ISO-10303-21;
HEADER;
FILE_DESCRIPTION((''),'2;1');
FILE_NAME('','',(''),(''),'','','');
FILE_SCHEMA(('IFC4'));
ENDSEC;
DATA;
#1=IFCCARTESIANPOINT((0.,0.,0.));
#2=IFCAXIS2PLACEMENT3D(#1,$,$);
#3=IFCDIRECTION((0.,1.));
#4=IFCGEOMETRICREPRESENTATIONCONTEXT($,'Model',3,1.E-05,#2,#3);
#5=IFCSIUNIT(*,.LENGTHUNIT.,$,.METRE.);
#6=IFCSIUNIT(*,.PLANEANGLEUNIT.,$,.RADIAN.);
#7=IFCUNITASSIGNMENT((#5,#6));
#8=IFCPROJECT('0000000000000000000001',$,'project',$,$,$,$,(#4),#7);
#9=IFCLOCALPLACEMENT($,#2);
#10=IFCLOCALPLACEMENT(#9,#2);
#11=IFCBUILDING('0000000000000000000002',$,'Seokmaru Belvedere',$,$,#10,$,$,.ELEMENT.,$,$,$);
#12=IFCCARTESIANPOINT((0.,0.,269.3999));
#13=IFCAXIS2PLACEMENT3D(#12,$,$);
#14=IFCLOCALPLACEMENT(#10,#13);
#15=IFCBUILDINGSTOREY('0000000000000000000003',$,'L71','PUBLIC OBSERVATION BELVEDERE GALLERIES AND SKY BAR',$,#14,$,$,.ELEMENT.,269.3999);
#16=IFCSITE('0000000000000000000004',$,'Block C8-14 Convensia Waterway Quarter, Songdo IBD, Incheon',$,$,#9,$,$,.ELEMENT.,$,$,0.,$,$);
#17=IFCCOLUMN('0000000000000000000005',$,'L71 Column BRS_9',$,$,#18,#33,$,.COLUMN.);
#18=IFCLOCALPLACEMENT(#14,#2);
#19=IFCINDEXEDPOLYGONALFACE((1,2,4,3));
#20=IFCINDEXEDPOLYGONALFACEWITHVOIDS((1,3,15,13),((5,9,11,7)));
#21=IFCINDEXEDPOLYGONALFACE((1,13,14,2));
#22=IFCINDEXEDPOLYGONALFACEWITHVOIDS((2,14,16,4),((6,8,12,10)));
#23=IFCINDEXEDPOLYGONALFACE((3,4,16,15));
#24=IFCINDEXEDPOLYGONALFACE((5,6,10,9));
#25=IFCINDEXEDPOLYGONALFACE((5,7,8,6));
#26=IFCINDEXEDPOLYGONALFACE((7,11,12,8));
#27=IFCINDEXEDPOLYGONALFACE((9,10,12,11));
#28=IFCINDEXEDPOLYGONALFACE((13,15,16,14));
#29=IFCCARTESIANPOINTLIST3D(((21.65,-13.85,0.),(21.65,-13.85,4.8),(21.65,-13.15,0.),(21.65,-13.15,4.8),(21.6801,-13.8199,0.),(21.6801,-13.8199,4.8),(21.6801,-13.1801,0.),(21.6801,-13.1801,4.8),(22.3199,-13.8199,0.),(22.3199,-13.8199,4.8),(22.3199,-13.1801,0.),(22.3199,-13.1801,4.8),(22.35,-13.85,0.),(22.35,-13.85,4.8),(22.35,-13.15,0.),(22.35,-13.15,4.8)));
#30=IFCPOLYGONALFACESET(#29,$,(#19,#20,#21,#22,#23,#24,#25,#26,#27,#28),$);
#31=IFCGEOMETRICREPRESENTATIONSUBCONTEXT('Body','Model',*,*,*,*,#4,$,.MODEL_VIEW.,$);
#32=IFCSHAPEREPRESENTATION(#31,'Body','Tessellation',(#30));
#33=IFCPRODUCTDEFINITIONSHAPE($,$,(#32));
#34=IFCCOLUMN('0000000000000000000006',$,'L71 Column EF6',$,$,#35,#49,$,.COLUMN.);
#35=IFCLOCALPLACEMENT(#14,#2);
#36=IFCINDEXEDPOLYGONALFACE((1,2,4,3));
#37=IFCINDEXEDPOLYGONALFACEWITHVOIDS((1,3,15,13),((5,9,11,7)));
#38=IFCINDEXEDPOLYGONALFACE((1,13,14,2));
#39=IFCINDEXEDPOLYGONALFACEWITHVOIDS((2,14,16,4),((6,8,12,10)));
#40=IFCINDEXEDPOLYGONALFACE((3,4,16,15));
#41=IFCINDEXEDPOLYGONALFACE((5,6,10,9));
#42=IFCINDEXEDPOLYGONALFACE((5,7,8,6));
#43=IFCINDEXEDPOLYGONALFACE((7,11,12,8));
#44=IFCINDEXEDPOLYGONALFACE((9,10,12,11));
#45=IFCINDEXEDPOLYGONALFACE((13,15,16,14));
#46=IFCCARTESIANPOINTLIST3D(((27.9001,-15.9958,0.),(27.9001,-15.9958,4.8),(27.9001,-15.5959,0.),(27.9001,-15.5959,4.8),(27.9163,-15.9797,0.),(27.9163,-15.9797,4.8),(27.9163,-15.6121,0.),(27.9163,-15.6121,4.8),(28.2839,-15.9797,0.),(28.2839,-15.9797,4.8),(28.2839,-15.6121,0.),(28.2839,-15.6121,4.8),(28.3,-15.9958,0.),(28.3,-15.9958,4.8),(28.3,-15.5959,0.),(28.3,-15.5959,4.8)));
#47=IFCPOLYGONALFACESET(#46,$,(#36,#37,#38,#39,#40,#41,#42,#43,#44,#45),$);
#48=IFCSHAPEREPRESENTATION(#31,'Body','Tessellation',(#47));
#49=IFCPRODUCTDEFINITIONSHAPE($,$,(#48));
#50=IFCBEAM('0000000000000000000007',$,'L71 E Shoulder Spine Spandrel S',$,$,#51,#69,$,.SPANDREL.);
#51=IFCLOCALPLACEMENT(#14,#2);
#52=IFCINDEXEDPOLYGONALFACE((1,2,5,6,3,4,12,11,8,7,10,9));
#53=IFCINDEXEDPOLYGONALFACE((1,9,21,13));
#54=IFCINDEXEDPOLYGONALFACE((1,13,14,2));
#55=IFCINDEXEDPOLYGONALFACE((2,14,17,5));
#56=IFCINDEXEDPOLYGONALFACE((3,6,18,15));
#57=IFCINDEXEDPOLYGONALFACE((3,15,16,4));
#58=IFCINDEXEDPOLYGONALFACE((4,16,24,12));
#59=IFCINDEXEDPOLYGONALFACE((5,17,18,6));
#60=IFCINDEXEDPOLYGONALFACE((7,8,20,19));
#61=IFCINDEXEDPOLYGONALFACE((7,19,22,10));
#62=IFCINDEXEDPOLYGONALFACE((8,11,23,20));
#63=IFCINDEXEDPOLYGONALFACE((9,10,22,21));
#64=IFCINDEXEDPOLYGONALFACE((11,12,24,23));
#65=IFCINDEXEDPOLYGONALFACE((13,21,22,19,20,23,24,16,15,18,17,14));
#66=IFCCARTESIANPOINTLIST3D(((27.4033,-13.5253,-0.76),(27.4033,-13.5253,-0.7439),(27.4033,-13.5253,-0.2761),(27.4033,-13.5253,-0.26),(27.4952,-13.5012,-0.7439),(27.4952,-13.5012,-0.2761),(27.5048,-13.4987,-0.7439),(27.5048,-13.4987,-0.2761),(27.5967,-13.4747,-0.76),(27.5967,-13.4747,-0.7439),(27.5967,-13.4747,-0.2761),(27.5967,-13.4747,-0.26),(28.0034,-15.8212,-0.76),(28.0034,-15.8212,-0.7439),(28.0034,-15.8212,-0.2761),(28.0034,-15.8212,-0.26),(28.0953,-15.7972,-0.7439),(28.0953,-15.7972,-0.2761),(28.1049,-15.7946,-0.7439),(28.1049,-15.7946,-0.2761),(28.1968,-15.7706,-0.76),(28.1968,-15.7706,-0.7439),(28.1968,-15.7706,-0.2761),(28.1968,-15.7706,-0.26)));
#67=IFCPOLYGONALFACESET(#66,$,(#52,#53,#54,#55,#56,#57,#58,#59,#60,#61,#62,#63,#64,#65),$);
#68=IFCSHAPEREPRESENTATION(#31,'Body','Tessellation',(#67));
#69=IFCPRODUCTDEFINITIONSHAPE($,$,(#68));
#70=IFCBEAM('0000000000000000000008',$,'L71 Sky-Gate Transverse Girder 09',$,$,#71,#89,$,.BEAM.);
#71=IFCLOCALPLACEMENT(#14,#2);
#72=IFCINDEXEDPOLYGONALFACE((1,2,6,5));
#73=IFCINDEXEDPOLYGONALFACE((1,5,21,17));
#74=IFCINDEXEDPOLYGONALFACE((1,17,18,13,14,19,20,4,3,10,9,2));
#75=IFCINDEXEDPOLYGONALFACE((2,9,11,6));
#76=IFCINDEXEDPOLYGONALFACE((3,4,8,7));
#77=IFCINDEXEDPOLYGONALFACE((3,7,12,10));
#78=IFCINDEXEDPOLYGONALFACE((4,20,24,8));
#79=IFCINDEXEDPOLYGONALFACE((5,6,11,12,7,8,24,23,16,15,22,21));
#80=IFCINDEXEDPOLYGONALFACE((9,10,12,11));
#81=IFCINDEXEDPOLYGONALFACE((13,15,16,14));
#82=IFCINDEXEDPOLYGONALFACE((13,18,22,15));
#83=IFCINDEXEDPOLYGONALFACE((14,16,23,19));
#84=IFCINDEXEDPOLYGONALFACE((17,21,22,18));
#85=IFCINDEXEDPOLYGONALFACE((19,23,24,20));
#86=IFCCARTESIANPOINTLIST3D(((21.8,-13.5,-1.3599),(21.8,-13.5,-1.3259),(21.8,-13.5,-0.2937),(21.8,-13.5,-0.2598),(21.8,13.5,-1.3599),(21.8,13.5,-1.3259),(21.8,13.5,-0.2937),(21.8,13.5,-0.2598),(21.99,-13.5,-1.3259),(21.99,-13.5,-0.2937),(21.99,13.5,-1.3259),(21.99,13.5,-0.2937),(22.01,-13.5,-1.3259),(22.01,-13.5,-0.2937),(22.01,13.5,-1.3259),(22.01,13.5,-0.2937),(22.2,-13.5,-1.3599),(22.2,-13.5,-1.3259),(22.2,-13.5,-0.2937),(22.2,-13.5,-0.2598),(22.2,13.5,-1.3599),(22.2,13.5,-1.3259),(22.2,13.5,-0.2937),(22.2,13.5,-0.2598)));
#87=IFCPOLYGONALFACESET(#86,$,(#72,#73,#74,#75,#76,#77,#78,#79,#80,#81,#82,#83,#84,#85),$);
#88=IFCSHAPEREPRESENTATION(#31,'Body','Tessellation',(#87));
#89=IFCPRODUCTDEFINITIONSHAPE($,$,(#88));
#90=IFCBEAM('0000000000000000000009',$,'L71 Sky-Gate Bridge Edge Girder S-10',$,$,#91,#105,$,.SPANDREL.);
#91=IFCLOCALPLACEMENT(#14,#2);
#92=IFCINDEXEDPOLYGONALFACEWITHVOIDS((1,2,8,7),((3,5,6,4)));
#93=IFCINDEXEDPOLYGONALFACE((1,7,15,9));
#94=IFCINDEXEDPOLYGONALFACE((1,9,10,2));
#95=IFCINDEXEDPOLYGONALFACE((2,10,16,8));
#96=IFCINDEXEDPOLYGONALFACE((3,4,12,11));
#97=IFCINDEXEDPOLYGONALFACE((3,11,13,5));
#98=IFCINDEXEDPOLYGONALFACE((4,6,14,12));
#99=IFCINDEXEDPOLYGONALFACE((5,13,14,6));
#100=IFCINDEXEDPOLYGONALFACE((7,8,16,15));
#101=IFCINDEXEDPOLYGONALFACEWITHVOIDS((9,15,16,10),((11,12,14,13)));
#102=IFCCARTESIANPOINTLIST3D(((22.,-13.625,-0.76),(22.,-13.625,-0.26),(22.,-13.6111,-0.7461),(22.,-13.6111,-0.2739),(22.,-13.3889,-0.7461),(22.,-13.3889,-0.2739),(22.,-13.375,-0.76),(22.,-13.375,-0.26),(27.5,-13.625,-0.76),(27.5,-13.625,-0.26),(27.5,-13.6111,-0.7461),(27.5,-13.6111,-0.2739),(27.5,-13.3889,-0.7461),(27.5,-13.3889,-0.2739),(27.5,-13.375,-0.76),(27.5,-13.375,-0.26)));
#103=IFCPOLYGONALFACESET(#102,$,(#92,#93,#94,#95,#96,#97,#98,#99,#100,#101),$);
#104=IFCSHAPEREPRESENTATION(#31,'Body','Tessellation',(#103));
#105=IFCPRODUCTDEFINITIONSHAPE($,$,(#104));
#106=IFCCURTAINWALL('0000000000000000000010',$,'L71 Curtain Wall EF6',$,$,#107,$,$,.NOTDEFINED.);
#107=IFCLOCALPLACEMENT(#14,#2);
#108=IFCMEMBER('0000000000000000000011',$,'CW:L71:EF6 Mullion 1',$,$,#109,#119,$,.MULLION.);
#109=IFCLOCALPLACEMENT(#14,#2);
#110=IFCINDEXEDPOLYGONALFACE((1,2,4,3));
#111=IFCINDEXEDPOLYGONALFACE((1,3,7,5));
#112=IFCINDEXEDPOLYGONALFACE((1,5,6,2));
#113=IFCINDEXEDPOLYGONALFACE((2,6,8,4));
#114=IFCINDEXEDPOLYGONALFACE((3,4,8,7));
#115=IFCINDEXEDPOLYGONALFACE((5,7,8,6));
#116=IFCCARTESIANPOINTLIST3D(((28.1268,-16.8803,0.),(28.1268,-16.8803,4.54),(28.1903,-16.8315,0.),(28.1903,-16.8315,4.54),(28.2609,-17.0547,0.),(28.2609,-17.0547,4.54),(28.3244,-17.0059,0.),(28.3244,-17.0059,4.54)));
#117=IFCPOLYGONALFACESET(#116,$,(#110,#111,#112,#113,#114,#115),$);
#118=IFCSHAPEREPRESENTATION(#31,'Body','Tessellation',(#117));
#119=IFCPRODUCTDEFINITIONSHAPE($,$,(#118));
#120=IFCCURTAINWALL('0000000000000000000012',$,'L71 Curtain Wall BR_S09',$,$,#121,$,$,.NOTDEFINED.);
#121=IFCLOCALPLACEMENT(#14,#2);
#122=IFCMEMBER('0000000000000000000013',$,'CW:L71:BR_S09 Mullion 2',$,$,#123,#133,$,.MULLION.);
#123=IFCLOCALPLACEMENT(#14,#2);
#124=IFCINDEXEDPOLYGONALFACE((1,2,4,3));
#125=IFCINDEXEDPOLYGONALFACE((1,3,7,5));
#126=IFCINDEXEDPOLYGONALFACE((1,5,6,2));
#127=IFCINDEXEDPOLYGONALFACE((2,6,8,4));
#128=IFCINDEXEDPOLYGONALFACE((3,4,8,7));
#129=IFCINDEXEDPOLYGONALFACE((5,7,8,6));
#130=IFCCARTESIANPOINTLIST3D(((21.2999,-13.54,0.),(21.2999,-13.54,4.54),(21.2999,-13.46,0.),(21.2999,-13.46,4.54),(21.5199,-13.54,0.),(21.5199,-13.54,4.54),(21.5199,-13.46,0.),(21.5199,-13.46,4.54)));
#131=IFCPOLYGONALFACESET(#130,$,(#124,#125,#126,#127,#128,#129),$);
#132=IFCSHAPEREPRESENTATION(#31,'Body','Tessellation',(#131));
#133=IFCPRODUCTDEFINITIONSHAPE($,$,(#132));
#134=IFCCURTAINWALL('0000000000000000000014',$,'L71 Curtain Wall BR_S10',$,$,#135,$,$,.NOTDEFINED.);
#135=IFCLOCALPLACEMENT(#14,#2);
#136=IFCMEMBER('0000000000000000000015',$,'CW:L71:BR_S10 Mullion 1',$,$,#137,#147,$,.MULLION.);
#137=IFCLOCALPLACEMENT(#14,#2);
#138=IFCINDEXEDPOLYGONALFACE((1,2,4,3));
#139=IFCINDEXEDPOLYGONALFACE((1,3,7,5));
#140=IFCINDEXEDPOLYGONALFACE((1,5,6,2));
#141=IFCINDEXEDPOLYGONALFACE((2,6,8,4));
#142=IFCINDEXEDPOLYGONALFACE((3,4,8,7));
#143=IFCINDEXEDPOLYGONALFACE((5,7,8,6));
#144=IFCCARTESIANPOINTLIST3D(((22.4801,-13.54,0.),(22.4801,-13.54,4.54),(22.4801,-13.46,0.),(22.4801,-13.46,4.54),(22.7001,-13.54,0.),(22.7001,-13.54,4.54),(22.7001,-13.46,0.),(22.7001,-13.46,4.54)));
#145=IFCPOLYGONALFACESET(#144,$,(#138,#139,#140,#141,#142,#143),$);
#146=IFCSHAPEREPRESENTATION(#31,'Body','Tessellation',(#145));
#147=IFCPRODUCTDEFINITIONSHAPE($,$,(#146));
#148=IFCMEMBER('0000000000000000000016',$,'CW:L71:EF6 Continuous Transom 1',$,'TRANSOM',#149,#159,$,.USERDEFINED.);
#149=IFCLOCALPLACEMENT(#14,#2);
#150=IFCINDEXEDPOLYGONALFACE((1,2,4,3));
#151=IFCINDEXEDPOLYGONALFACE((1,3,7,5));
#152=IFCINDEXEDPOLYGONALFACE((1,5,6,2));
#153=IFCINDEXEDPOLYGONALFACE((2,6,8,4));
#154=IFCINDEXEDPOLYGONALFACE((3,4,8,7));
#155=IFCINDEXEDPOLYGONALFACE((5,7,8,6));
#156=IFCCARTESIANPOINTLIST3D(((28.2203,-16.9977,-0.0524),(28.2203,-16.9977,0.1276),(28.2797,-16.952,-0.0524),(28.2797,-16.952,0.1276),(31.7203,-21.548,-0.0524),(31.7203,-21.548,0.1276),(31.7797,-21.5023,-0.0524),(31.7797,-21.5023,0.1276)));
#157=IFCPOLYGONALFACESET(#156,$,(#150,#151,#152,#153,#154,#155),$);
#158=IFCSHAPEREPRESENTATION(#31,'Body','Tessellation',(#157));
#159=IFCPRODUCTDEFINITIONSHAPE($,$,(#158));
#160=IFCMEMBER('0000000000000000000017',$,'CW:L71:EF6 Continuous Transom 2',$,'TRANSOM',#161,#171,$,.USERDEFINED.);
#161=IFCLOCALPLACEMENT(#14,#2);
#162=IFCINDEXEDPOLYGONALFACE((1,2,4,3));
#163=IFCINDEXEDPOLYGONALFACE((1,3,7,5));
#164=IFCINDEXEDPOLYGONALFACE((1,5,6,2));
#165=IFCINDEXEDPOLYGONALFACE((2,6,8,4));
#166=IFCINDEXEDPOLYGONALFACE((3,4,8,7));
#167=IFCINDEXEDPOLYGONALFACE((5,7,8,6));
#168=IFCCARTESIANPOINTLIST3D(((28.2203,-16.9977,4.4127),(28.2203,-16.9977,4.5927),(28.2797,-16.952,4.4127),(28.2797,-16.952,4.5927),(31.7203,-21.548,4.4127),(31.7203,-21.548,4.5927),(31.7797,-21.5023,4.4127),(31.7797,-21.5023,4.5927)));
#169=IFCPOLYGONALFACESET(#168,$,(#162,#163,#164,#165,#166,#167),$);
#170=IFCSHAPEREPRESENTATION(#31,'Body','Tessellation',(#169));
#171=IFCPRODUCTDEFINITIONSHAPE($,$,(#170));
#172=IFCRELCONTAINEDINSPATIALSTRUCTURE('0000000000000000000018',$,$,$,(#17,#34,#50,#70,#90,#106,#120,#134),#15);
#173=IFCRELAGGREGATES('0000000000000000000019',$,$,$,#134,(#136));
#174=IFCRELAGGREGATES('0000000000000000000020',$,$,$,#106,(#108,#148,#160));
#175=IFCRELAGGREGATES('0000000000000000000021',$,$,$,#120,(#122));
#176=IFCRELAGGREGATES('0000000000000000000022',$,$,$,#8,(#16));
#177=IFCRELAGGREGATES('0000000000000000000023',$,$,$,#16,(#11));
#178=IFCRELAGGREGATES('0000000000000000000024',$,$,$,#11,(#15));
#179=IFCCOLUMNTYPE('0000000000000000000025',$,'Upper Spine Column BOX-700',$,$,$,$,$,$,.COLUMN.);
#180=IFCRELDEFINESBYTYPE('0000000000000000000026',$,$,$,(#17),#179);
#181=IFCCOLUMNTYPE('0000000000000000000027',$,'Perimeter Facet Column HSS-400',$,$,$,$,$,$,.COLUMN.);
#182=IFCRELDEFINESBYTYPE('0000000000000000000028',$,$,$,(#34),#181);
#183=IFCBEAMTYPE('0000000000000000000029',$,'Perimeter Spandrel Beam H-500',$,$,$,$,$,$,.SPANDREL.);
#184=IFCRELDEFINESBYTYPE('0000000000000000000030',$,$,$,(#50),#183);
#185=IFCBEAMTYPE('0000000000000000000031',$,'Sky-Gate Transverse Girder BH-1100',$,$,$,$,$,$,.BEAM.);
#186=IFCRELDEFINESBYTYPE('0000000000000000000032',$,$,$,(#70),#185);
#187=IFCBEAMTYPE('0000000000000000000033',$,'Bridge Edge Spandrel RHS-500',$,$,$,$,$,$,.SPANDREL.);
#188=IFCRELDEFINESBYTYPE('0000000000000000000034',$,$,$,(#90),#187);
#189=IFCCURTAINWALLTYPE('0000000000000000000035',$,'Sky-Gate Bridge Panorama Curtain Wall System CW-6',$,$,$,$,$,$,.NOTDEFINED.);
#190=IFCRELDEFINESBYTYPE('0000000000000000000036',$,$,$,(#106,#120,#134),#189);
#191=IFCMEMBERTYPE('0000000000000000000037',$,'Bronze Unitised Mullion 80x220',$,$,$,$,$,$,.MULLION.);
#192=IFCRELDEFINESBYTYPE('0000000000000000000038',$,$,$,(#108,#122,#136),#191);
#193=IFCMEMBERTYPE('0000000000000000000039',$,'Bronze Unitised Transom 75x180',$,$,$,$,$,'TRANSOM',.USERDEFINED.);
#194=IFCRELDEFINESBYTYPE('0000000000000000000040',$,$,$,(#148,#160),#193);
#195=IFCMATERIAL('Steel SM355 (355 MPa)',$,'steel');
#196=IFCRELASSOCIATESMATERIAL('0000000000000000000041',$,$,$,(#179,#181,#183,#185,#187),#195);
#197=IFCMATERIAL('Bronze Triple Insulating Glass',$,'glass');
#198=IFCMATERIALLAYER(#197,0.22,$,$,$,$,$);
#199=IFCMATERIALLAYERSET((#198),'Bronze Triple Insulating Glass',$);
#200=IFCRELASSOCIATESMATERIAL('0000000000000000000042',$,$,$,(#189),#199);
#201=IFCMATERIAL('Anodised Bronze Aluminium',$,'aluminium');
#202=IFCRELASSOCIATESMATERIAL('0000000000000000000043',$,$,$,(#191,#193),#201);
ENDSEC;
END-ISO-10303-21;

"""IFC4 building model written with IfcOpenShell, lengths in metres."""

from ifc_helpers import new_model, si_unit, direction, frame, origin, origin_2d, place, context, subcontext, project, spatial, rectangle, hollow_rectangle, i_section, extrude, source, transform, mapped, material, layer, layer_set, material_profile, profile_set, type_object, type_shapes, element, aggregate, save


model = new_model("IFC4")

# Units and contexts
model_context = context("Model", 3, precision=1e-05, world=origin(), true_north=direction((0.0, 1.0)))
body_context = subcontext(model_context, "Body", "Model", "MODEL_VIEW")
ifc_project = project(units=[si_unit("LENGTHUNIT", "METRE"), si_unit("PLANEANGLEUNIT", "RADIAN")], contexts=[model_context])

# Site, building, storey
site_placement = place(None, origin())
site = spatial("IfcSite", under=ifc_project, at=site_placement, Name="Block C8-14 Convensia Waterway Quarter, Songdo IBD, Incheon", CompositionType="ELEMENT", RefElevation=0.0)
building_placement = place(site_placement, origin())
building = spatial("IfcBuilding", under=site, at=building_placement, Name="Seokmaru Belvedere", CompositionType="ELEMENT")
storey_placement = place(building_placement, frame((0.0, 0.0, 269.3999)))
storey = spatial("IfcBuildingStorey", under=building, at=storey_placement, Name="L71", Description="PUBLIC OBSERVATION BELVEDERE GALLERIES AND SKY BAR", CompositionType="ELEMENT", Elevation=269.3999)

# Columns
ifc_material_1 = material(Name="Steel SM355 (355 MPa)", Category="steel")
ifc_material_profile_1 = material_profile(ifc_material_1, hollow_rectangle(XDim=0.7, YDim=0.7, WallThickness=0.03, at=origin_2d()), Name="BOX-700x700x30")
ifc_profile_set_1 = profile_set([ifc_material_profile_1], Name="Steel SM355 (355 MPa)")
column_type_1 = type_object("IfcColumnType", Name="Upper Spine Column BOX-700", PredefinedType="COLUMN", material=ifc_profile_set_1)
shared_shape_1 = source(origin(), body_context, "Body", "SweptSolid", [
    extrude(hollow_rectangle(XDim=0.7, YDim=0.7, WallThickness=0.03, at=origin_2d()), origin(), (0.0, 0.0, 1.0), 4.8),
])
type_shapes(column_type_1, [shared_shape_1])
column_1_placement = place(storey_placement, frame((22.0, -13.5, 0.0), z_axis=(0.0, 0.0, 1.0), x_axis=(1.0, 0.0, 0.0)))
element("IfcColumn", 1, at=column_1_placement, inside=storey, type_object=column_type_1, Name="L71 Column BRS_9", PredefinedType="COLUMN", context=body_context, shape_type="MappedRepresentation", body=[
    mapped(shared_shape_1, transform((0.0, 0.0, 0.0), scale=1.0)),
])
ifc_material_profile_2 = material_profile(ifc_material_1, hollow_rectangle(XDim=0.3999, YDim=0.3999, WallThickness=0.0161, at=origin_2d()), Name="HSS-400x400x16")
ifc_profile_set_2 = profile_set([ifc_material_profile_2], Name="Steel SM355 (355 MPa)")
column_type_2 = type_object("IfcColumnType", Name="Perimeter Facet Column HSS-400", PredefinedType="COLUMN", material=ifc_profile_set_2)
shared_shape_2 = source(origin(), body_context, "Body", "SweptSolid", [
    extrude(hollow_rectangle(XDim=0.3999, YDim=0.3999, WallThickness=0.0161, at=origin_2d()), origin(), (0.0, 0.0, 1.0), 4.8),
])
type_shapes(column_type_2, [shared_shape_2])
column_2_placement = place(storey_placement, frame((28.1001, -15.7959, 0.0), z_axis=(0.0, 0.0, 1.0), x_axis=(1.0, 0.0, 0.0)))
element("IfcColumn", 2, at=column_2_placement, inside=storey, type_object=column_type_2, Name="L71 Column EF6", PredefinedType="COLUMN", context=body_context, shape_type="MappedRepresentation", body=[
    mapped(shared_shape_2, transform((0.0, 0.0, 0.0), scale=1.0)),
])

# Beams
ifc_material_profile_3 = material_profile(ifc_material_1, i_section(OverallWidth=0.2, OverallDepth=0.5, WebThickness=0.01, FlangeThickness=0.0161, at=origin_2d()), Name="H-500x200x10x16")
ifc_profile_set_3 = profile_set([ifc_material_profile_3], Name="Steel SM355 (355 MPa)")
beam_type_1 = type_object("IfcBeamType", Name="Perimeter Spandrel Beam H-500", PredefinedType="SPANDREL", material=ifc_profile_set_3)
shared_shape_3 = source(origin(), body_context, "Body", "SweptSolid", [
    extrude(i_section(OverallWidth=0.2, OverallDepth=0.5, WebThickness=0.01, FlangeThickness=0.0161, at=origin_2d()), origin(), (0.0, 0.0, 1.0), 2.373),
])
type_shapes(beam_type_1, [shared_shape_3])
beam_1_placement = place(storey_placement, frame((28.1001, -15.7959, -0.51), z_axis=(-0.252883, 0.967497, 0.0), x_axis=(-0.967497, -0.252883, 0.0)))
element("IfcBeam", 3, at=beam_1_placement, inside=storey, type_object=beam_type_1, Name="L71 E Shoulder Spine Spandrel S", PredefinedType="SPANDREL", context=body_context, shape_type="MappedRepresentation", body=[
    mapped(shared_shape_3, transform((0.0, 0.0, 0.0), scale=1.0)),
])
ifc_material_profile_4 = material_profile(ifc_material_1, i_section(OverallWidth=0.3999, OverallDepth=1.1001, WebThickness=0.02, FlangeThickness=0.0339, at=origin_2d()), Name="BH-1100x400x20x34")
ifc_profile_set_4 = profile_set([ifc_material_profile_4], Name="Steel SM355 (355 MPa)")
beam_type_2 = type_object("IfcBeamType", Name="Sky-Gate Transverse Girder BH-1100", PredefinedType="BEAM", material=ifc_profile_set_4)
shared_shape_4 = source(origin(), body_context, "Body", "SweptSolid", [
    extrude(i_section(OverallWidth=0.3999, OverallDepth=1.1001, WebThickness=0.02, FlangeThickness=0.0339, at=origin_2d()), origin(), (0.0, 0.0, 1.0), 27.0),
])
type_shapes(beam_type_2, [shared_shape_4])
beam_2_placement = place(storey_placement, frame((22.0, -13.5, -0.8098), z_axis=(0.0, 1.0, 0.0), x_axis=(-1.0, 0.0, 0.0)))
element("IfcBeam", 4, at=beam_2_placement, inside=storey, type_object=beam_type_2, Name="L71 Sky-Gate Transverse Girder 09", PredefinedType="BEAM", context=body_context, shape_type="MappedRepresentation", body=[
    mapped(shared_shape_4, transform((0.0, 0.0, 0.0), scale=1.0)),
])
ifc_material_profile_5 = material_profile(ifc_material_1, hollow_rectangle(XDim=0.25, YDim=0.5, WallThickness=0.0139, at=origin_2d()), Name="RHS-500x250x14")
ifc_profile_set_5 = profile_set([ifc_material_profile_5], Name="Steel SM355 (355 MPa)")
beam_type_3 = type_object("IfcBeamType", Name="Bridge Edge Spandrel RHS-500", PredefinedType="SPANDREL", material=ifc_profile_set_5)
shared_shape_5 = source(origin(), body_context, "Body", "SweptSolid", [
    extrude(hollow_rectangle(XDim=0.25, YDim=0.5, WallThickness=0.0139, at=origin_2d()), origin(), (0.0, 0.0, 1.0), 5.5),
])
type_shapes(beam_type_3, [shared_shape_5])
beam_3_placement = place(storey_placement, frame((22.0, -13.5, -0.51), z_axis=(1.0, 0.0, 0.0), x_axis=(0.0, 1.0, 0.0)))
element("IfcBeam", 5, at=beam_3_placement, inside=storey, type_object=beam_type_3, Name="L71 Sky-Gate Bridge Edge Girder S-10", PredefinedType="SPANDREL", context=body_context, shape_type="MappedRepresentation", body=[
    mapped(shared_shape_5, transform((0.0, 0.0, 0.0), scale=1.0)),
])

# Curtain walls, members
ifc_material_2 = material(Name="Bronze Triple Insulating Glass", Category="glass")
ifc_layer_1 = layer(ifc_material_2, 0.22)
ifc_layer_set_1 = layer_set([ifc_layer_1], Name="Bronze Triple Insulating Glass")
curtain_wall_type = type_object("IfcCurtainWallType", Name="Sky-Gate Bridge Panorama Curtain Wall System CW-6", PredefinedType="NOTDEFINED", material=ifc_layer_set_1)
curtain_wall_1_placement = place(storey_placement, origin())
curtain_wall_1 = element("IfcCurtainWall", 6, at=curtain_wall_1_placement, inside=storey, type_object=curtain_wall_type, Name="L71 Curtain Wall EF6", PredefinedType="NOTDEFINED")
ifc_material_3 = material(Name="Anodised Bronze Aluminium", Category="aluminium")
ifc_material_profile_6 = material_profile(ifc_material_3, rectangle(XDim=0.0801, YDim=0.22, at=origin_2d()), Name="CW-M-80x220")
ifc_profile_set_6 = profile_set([ifc_material_profile_6], Name="Anodised Bronze Aluminium")
member_type_1 = type_object("IfcMemberType", Name="Bronze Unitised Mullion 80x220", PredefinedType="MULLION", material=ifc_profile_set_6)
shared_shape_6 = source(origin(), body_context, "Body", "SweptSolid", [
    extrude(rectangle(XDim=0.0801, YDim=0.22, at=origin_2d()), origin(), (0.0, 0.0, 1.0), 4.54),
])
type_shapes(member_type_1, [shared_shape_6])
member_1_placement = place(storey_placement, frame((28.2256, -16.9431, 0.0), z_axis=(0.0, 0.0, 1.0), x_axis=(0.792631, 0.609701, 0.0)))
member_1 = element("IfcMember", 7, at=member_1_placement, type_object=member_type_1, Name="CW:L71:EF6 Mullion 1", PredefinedType="MULLION", context=body_context, shape_type="MappedRepresentation", body=[
    mapped(shared_shape_6, transform((0.0, 0.0, 0.0), scale=1.0)),
])
curtain_wall_2_placement = place(storey_placement, origin())
curtain_wall_2 = element("IfcCurtainWall", 8, at=curtain_wall_2_placement, inside=storey, type_object=curtain_wall_type, Name="L71 Curtain Wall BR_S09", PredefinedType="NOTDEFINED")
member_2_placement = place(storey_placement, frame((21.4099, -13.5, 0.0), z_axis=(0.0, 0.0, 1.0), x_axis=(0.0, 1.0, 0.0)))
member_2 = element("IfcMember", 9, at=member_2_placement, type_object=member_type_1, Name="CW:L71:BR_S09 Mullion 2", PredefinedType="MULLION", context=body_context, shape_type="MappedRepresentation", body=[
    mapped(shared_shape_6, transform((0.0, 0.0, 0.0), scale=1.0)),
])
curtain_wall_3_placement = place(storey_placement, origin())
curtain_wall_3 = element("IfcCurtainWall", 10, at=curtain_wall_3_placement, inside=storey, type_object=curtain_wall_type, Name="L71 Curtain Wall BR_S10", PredefinedType="NOTDEFINED")
member_3_placement = place(storey_placement, frame((22.5901, -13.5, 0.0), z_axis=(0.0, 0.0, 1.0), x_axis=(0.0, 1.0, 0.0)))
member_3 = element("IfcMember", 11, at=member_3_placement, type_object=member_type_1, Name="CW:L71:BR_S10 Mullion 1", PredefinedType="MULLION", context=body_context, shape_type="MappedRepresentation", body=[
    mapped(shared_shape_6, transform((0.0, 0.0, 0.0), scale=1.0)),
])

# Members
ifc_material_profile_7 = material_profile(ifc_material_3, rectangle(XDim=0.075, YDim=0.1799, at=origin_2d()), Name="CW-T-75x180")
ifc_profile_set_7 = profile_set([ifc_material_profile_7], Name="Anodised Bronze Aluminium")
member_type_2 = type_object("IfcMemberType", Name="Bronze Unitised Transom 75x180", ElementType="TRANSOM", PredefinedType="USERDEFINED", material=ifc_profile_set_7)
shared_shape_7 = source(origin(), body_context, "Body", "SweptSolid", [
    extrude(rectangle(XDim=0.075, YDim=0.1799, at=origin_2d()), origin(), (0.0, 0.0, 1.0), 5.7407),
])
member_4_placement = place(storey_placement, frame((28.25, -16.9749, 0.0376), z_axis=(0.609686, -0.792643, 0.0), x_axis=(0.792643, 0.609686, 0.0)))
member_4 = element("IfcMember", 12, at=member_4_placement, type_object=member_type_2, Name="CW:L71:EF6 Continuous Transom 1", ObjectType="TRANSOM", PredefinedType="USERDEFINED", context=body_context, shape_type="MappedRepresentation", body=[
    mapped(shared_shape_7, transform((0.0, 0.0, 0.0), scale=1.0)),
])
member_5_placement = place(storey_placement, frame((28.25, -16.9749, 4.5027), z_axis=(0.609686, -0.792643, 0.0), x_axis=(0.792643, 0.609686, 0.0)))
member_5 = element("IfcMember", 13, at=member_5_placement, type_object=member_type_2, Name="CW:L71:EF6 Continuous Transom 2", ObjectType="TRANSOM", PredefinedType="USERDEFINED", context=body_context, shape_type="MappedRepresentation", body=[
    mapped(shared_shape_7, transform((0.0, 0.0, 0.0), scale=1.0)),
])
aggregate(curtain_wall_3, [member_3])

aggregate(curtain_wall_1, [member_1, member_4, member_5])
aggregate(curtain_wall_2, [member_2])

save(model, "model.ifc")
